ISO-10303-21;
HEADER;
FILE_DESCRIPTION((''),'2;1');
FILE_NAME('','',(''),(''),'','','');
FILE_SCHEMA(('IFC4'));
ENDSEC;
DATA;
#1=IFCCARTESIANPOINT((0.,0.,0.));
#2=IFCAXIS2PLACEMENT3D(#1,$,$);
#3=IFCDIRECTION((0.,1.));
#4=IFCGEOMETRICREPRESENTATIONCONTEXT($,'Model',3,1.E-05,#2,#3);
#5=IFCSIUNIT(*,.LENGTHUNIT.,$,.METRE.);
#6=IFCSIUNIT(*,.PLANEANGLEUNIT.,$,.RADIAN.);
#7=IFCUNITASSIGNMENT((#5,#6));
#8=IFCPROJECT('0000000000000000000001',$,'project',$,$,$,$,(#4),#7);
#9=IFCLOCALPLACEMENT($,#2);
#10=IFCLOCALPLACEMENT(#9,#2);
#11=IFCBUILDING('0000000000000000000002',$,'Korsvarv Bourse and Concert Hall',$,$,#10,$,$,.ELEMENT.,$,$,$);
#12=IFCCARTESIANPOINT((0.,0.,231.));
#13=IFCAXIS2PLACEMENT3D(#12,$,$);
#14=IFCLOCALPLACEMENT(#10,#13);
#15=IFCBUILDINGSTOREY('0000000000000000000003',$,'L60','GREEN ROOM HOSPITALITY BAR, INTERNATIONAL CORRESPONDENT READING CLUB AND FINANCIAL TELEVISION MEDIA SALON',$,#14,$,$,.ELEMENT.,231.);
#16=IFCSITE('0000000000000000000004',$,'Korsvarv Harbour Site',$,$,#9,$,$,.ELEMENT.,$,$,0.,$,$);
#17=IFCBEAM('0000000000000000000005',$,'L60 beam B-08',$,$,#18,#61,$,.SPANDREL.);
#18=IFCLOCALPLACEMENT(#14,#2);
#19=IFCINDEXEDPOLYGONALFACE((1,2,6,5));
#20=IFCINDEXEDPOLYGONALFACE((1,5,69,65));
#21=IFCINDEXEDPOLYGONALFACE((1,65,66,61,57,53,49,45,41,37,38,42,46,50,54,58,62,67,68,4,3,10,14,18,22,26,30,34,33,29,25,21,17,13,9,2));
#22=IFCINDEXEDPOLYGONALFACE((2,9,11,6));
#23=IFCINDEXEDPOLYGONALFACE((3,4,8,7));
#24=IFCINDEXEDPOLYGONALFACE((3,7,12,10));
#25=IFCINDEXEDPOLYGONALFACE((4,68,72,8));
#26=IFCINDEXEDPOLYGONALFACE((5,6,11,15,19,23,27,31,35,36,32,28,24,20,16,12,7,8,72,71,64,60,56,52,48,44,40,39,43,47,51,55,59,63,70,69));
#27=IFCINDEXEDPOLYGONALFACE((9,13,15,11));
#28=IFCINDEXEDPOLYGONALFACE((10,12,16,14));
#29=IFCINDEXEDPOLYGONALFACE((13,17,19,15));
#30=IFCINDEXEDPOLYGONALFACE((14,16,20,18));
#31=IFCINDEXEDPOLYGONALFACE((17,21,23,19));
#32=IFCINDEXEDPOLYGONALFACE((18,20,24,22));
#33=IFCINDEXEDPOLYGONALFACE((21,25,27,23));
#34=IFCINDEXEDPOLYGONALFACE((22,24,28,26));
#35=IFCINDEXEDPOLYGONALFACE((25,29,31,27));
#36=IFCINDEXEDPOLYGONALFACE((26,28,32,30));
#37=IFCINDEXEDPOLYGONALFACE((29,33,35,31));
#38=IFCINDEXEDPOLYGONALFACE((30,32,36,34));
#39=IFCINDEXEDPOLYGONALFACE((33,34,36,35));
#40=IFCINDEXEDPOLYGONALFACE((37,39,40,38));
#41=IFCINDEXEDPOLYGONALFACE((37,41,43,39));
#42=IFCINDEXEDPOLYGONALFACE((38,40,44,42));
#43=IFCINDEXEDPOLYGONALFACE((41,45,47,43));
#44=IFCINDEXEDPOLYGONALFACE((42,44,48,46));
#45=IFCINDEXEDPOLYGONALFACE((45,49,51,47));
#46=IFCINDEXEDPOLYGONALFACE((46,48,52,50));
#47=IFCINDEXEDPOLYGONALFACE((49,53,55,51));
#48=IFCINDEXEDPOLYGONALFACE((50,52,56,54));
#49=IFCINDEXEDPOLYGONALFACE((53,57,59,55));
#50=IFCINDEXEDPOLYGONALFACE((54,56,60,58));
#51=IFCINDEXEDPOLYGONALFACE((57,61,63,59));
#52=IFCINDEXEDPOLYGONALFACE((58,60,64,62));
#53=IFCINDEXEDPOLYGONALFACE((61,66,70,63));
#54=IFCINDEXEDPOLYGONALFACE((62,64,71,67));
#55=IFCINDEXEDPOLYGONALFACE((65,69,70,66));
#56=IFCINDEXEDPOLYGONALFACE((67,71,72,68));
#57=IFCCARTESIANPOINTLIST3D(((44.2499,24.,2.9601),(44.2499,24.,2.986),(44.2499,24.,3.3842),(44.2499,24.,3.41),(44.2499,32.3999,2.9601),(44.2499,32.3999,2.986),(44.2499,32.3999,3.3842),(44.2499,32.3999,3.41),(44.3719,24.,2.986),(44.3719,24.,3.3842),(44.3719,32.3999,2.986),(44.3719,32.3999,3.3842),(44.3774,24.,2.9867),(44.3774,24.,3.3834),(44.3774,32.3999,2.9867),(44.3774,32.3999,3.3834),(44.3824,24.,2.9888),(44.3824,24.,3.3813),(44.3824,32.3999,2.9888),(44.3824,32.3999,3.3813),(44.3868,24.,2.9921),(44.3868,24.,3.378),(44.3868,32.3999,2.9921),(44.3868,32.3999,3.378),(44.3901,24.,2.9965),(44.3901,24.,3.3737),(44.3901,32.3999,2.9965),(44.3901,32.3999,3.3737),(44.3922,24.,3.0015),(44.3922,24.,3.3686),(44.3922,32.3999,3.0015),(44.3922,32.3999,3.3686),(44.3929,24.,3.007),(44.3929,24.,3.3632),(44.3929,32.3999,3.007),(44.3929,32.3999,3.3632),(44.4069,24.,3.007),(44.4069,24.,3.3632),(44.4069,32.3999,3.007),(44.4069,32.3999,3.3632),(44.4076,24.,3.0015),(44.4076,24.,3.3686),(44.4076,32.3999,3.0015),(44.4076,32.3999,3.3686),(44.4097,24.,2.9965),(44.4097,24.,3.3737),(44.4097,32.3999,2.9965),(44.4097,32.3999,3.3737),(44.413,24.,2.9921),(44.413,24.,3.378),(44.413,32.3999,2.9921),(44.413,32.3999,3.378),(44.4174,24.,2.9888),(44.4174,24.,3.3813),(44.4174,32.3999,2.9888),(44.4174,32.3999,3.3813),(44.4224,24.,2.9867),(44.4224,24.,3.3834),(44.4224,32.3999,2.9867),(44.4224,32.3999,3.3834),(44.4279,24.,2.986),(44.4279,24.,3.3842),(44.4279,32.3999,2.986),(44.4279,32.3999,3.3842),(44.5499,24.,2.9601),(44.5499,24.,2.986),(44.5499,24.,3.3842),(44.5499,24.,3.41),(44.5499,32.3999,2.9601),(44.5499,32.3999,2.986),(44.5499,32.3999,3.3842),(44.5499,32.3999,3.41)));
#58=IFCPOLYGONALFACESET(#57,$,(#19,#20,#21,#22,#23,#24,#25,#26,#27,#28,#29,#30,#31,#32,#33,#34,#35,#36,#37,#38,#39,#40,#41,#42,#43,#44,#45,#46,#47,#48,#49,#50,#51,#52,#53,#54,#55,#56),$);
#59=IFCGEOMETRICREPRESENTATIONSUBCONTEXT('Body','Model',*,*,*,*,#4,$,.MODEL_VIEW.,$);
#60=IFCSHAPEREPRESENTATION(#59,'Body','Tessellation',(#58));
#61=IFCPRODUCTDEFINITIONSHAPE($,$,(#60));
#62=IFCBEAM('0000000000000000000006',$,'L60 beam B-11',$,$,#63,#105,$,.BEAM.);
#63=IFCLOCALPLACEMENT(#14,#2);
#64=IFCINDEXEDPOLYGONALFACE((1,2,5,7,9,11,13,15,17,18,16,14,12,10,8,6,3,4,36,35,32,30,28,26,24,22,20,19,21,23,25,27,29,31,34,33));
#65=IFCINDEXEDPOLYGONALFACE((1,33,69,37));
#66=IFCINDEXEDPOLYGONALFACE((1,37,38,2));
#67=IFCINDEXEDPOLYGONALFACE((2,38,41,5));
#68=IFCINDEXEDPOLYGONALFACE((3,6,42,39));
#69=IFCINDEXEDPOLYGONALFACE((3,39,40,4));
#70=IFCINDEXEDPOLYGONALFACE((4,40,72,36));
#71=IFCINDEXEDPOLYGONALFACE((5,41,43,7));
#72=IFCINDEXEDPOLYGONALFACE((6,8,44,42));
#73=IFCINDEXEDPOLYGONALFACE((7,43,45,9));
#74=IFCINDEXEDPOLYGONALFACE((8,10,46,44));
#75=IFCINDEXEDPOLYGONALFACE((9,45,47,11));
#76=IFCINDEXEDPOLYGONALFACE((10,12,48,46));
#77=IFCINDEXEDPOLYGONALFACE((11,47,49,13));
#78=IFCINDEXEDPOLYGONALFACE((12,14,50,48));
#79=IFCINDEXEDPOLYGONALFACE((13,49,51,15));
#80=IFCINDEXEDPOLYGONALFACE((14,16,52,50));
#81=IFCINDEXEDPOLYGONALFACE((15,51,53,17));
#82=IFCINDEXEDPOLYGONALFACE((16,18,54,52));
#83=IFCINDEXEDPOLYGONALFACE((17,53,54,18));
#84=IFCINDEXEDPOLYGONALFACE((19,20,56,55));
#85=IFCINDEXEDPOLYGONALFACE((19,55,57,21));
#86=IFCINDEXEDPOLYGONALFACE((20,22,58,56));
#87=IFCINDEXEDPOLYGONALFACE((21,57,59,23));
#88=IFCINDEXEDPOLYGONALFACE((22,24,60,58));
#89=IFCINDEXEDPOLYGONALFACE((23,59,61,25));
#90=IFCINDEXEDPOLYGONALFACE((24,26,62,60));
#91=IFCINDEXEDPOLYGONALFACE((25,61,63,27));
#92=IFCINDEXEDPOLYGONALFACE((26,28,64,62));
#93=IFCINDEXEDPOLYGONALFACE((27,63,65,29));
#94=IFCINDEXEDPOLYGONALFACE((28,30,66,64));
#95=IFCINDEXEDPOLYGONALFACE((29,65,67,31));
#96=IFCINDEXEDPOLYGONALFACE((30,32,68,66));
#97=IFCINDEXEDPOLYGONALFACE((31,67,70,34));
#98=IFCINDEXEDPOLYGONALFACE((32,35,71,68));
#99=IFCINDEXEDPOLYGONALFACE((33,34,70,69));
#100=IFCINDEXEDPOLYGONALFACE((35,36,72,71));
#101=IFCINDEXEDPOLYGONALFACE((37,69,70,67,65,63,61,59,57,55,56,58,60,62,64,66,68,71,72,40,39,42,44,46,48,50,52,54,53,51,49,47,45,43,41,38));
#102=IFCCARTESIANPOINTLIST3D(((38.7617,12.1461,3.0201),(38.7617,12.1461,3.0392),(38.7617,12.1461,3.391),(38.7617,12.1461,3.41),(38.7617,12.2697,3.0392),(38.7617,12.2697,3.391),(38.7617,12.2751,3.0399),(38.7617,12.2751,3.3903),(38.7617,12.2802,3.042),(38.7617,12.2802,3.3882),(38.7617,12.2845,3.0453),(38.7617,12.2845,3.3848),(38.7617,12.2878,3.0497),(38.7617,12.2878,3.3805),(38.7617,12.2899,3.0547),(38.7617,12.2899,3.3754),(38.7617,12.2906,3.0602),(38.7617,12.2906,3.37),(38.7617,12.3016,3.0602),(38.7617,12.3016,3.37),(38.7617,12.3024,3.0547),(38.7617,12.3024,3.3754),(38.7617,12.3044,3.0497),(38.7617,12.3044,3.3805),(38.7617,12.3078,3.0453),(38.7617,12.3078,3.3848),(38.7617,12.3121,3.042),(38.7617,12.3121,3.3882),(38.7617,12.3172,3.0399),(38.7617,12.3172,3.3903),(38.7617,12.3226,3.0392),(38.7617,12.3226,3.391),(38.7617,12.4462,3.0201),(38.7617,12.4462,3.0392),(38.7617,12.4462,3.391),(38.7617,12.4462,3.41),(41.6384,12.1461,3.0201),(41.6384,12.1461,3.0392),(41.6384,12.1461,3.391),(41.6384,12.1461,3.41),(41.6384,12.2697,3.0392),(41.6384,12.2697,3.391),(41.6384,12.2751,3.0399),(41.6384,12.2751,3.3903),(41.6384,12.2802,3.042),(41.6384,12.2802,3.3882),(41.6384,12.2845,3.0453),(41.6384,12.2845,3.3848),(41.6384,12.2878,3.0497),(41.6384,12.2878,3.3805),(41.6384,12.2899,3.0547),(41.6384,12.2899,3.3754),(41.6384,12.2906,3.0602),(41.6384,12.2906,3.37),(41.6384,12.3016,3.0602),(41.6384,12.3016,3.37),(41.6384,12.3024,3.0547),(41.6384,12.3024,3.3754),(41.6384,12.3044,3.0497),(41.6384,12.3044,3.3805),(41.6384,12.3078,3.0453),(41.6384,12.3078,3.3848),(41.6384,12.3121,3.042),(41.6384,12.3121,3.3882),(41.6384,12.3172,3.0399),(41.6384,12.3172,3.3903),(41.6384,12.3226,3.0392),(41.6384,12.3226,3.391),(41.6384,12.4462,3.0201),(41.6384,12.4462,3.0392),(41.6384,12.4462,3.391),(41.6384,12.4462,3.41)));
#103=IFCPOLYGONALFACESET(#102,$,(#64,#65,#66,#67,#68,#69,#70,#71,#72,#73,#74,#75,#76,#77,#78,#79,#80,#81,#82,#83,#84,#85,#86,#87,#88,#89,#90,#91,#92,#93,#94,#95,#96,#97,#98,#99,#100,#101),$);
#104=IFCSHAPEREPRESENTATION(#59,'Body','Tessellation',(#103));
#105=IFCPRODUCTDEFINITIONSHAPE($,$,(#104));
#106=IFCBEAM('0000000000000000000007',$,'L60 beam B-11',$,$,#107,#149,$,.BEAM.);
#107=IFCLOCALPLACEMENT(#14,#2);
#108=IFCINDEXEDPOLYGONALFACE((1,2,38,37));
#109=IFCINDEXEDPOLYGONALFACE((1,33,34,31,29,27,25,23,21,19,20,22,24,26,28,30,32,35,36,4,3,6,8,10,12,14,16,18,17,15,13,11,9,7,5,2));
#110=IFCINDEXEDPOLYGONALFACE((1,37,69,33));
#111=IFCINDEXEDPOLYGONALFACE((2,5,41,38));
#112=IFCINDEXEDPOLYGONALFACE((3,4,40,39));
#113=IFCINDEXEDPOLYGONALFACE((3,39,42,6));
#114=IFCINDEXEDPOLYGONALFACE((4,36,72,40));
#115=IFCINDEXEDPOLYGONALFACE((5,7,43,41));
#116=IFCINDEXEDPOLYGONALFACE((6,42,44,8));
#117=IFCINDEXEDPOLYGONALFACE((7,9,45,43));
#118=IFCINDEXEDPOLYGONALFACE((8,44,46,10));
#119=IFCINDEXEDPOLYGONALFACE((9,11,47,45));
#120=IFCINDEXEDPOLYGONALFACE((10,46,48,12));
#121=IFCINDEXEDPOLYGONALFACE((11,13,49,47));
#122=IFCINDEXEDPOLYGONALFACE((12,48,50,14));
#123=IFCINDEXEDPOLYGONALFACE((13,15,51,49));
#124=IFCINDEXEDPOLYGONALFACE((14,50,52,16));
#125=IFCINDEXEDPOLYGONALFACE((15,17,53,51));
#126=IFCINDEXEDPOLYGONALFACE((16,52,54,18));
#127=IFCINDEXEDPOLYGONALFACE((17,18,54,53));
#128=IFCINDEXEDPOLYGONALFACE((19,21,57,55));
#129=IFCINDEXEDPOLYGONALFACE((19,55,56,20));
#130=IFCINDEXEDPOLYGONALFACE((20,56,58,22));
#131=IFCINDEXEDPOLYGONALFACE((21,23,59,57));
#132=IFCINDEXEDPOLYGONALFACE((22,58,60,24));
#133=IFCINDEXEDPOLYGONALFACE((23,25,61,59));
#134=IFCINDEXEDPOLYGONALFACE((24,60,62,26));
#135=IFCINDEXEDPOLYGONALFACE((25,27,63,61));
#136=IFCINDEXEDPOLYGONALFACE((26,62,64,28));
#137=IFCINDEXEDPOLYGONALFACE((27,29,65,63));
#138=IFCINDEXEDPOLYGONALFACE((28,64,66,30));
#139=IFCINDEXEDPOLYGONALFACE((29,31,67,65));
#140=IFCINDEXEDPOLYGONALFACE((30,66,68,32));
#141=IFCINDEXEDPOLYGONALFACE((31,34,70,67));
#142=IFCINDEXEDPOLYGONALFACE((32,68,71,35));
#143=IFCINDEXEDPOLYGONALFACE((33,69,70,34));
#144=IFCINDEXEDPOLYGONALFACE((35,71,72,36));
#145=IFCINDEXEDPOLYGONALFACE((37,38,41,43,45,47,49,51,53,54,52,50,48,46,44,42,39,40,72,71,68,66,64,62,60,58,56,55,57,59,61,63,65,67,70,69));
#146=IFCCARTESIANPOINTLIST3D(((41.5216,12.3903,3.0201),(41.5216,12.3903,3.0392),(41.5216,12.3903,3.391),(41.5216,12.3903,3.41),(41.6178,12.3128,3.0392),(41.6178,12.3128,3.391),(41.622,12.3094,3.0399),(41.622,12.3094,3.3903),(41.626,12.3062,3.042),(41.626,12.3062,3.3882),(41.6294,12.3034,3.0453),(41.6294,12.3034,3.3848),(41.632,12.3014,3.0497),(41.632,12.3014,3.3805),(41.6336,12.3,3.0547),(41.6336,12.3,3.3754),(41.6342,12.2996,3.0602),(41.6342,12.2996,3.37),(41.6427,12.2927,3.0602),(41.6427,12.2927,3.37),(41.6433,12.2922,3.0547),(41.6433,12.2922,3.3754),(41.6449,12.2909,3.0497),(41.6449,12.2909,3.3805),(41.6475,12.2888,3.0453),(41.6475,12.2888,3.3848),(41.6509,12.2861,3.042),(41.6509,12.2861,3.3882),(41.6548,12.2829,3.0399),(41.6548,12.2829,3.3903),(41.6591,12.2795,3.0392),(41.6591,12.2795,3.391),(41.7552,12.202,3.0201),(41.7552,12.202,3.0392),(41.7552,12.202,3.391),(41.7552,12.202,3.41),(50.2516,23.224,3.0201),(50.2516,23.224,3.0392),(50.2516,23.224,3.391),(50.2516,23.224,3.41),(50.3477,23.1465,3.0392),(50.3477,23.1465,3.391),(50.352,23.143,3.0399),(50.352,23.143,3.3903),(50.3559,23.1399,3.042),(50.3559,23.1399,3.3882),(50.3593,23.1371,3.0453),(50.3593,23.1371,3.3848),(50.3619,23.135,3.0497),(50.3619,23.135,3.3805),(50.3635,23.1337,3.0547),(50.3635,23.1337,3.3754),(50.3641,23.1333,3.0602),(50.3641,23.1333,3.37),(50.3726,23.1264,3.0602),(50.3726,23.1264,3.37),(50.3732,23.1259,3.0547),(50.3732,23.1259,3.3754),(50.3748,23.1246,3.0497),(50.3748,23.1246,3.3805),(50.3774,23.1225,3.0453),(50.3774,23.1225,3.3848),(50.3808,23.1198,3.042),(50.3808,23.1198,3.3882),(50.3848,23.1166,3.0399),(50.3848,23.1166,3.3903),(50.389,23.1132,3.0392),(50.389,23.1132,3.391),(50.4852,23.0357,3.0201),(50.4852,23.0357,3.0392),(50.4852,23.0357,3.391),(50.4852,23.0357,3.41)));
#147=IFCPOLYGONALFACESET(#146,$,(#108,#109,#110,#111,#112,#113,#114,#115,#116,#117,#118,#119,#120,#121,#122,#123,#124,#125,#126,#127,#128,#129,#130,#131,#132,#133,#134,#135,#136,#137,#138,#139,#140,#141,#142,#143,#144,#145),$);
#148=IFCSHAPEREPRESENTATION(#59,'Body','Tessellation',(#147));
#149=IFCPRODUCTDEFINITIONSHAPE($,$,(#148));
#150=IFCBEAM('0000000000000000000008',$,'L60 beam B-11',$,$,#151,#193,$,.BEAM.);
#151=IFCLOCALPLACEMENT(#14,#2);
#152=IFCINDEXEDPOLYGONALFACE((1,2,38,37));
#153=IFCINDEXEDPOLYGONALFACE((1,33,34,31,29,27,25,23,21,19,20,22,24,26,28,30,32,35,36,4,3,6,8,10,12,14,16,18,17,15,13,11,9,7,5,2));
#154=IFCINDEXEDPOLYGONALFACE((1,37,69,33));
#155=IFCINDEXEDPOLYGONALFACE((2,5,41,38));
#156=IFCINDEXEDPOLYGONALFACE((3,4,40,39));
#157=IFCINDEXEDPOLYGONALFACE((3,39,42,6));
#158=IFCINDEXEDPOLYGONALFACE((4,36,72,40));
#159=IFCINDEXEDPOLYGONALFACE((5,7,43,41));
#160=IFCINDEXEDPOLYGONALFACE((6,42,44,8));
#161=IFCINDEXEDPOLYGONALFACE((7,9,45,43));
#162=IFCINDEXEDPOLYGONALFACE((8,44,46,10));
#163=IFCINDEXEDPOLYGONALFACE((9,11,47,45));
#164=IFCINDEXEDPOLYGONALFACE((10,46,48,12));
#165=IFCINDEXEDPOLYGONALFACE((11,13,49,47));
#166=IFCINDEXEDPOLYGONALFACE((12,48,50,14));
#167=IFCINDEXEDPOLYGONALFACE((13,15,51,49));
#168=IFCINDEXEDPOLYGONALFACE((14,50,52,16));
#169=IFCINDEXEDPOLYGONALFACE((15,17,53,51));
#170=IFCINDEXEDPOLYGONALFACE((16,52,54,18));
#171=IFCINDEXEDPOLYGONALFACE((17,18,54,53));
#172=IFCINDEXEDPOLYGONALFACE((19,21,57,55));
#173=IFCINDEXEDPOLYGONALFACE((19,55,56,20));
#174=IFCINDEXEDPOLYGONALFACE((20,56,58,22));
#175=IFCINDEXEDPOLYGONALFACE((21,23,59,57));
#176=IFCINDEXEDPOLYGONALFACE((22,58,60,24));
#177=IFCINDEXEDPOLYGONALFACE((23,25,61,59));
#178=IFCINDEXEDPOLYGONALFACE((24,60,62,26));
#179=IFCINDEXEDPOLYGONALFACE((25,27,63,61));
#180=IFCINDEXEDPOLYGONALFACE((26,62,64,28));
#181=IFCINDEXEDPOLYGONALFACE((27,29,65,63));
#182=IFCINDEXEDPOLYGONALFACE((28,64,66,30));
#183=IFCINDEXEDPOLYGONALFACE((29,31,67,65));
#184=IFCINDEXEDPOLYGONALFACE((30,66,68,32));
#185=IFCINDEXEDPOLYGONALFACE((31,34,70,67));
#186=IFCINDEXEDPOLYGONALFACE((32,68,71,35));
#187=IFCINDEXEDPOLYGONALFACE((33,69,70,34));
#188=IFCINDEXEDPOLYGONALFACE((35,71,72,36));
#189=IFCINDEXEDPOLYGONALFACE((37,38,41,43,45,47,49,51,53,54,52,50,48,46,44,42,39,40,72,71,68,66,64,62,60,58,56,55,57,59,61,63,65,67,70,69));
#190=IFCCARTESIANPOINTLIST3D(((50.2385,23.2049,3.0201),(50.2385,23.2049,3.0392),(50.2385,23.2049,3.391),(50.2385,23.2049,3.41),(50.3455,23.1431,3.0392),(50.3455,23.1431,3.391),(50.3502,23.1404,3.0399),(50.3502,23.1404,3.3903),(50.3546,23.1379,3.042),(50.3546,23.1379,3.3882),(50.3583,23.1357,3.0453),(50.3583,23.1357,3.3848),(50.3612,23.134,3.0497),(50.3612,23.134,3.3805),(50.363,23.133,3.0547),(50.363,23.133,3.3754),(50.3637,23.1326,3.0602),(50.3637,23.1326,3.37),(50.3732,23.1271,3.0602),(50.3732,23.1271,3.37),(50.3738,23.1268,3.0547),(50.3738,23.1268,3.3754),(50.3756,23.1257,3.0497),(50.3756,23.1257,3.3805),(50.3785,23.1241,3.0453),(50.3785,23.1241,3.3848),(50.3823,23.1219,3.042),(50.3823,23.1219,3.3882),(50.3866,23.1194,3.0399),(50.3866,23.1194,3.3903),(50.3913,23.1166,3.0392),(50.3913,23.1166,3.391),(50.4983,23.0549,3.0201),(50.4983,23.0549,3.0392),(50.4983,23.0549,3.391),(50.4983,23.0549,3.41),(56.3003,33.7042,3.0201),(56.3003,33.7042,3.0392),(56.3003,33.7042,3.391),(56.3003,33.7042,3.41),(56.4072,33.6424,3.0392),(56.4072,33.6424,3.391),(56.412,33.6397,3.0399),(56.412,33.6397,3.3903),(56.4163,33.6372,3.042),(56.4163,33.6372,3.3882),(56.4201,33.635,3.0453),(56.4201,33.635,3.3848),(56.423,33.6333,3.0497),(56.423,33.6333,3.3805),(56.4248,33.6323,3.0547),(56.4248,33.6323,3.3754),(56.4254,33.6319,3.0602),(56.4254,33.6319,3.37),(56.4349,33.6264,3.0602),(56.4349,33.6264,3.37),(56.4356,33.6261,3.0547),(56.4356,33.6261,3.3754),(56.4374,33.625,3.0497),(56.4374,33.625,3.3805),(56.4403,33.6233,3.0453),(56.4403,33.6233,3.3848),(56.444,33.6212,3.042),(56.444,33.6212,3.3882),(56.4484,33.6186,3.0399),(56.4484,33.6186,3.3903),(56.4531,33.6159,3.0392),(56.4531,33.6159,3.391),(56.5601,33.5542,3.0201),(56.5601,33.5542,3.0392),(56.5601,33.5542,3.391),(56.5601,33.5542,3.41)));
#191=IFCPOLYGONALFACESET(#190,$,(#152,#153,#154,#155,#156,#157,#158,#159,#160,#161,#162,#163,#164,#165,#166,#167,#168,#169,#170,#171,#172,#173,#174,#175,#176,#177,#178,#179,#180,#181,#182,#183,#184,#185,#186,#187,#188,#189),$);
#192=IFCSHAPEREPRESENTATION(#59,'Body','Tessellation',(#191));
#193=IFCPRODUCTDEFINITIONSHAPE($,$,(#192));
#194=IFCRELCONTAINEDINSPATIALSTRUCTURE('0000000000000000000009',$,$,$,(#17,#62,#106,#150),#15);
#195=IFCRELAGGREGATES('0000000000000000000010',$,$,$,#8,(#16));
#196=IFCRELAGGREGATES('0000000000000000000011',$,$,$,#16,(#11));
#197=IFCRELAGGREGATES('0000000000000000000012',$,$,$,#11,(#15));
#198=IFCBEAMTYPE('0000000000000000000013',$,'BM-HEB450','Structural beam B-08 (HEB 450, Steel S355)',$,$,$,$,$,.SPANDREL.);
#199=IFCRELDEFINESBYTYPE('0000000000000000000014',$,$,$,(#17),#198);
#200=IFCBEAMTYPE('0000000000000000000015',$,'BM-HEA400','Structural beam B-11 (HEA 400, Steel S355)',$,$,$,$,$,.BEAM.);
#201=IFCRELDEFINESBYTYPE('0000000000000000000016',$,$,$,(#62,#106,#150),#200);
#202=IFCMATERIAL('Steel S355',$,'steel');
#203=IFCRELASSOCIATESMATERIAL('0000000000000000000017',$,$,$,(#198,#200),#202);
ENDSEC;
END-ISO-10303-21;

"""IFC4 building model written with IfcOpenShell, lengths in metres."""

from ifc_helpers import new_model, si_unit, direction, frame, origin, origin_2d, place, context, subcontext, project, spatial, i_section, extrude, source, transform, mapped, material, material_profile, profile_set, type_object, element, save


model = new_model("IFC4")

# Units and contexts
model_context = context("Model", 3, precision=1e-05, world=origin(), true_north=direction((0.0, 1.0)))
body_context = subcontext(model_context, "Body", "Model", "MODEL_VIEW")
ifc_project = project(units=[si_unit("LENGTHUNIT", "METRE"), si_unit("PLANEANGLEUNIT", "RADIAN")], contexts=[model_context])

# Site, building, storey
site_placement = place(None, origin())
site = spatial("IfcSite", under=ifc_project, at=site_placement, Name="Korsvarv Harbour Site", CompositionType="ELEMENT", RefElevation=0.0)
building_placement = place(site_placement, origin())
building = spatial("IfcBuilding", under=site, at=building_placement, Name="Korsvarv Bourse and Concert Hall", CompositionType="ELEMENT")
storey_placement = place(building_placement, frame((0.0, 0.0, 231.0)))
storey = spatial("IfcBuildingStorey", under=building, at=storey_placement, Name="L60", Description="GREEN ROOM HOSPITALITY BAR, INTERNATIONAL CORRESPONDENT READING CLUB AND FINANCIAL TELEVISION MEDIA SALON", CompositionType="ELEMENT", Elevation=231.0)

# Shared definitions
ifc_material_1 = material(Name="Steel S355", Category="steel")

# Beams
ifc_material_profile_1 = material_profile(ifc_material_1, i_section(OverallWidth=0.3, OverallDepth=0.45, WebThickness=0.0139, FlangeThickness=0.0259, FilletRadius=0.021, at=origin_2d()), Name="HEB 450")
ifc_profile_set_1 = profile_set([ifc_material_profile_1], Name="Steel S355")
beam_type_1 = type_object("IfcBeamType", Name="BM-HEB450", Description="Structural beam B-08 (HEB 450, Steel S355)", PredefinedType="SPANDREL", material=ifc_profile_set_1)
shared_shape_1 = source(origin(), body_context, "Body", "SweptSolid", [
    extrude(i_section(OverallWidth=0.3, OverallDepth=0.45, WebThickness=0.0139, FlangeThickness=0.0259, FilletRadius=0.021, at=origin_2d()), origin(), (0.0, 0.0, 1.0), 8.3999),
])
beam_1_placement = place(storey_placement, frame((44.3999, 24.0, 3.1851), z_axis=(0.0, 1.0, 0.0), x_axis=(-1.0, 0.0, 0.0)))
element("IfcBeam", 1, at=beam_1_placement, inside=storey, type_object=beam_type_1, Name="L60 beam B-08", PredefinedType="SPANDREL", context=body_context, shape_type="MappedRepresentation", body=[
    mapped(shared_shape_1, transform((0.0, 0.0, 0.0), scale=1.0)),
])
ifc_material_profile_2 = material_profile(ifc_material_1, i_section(OverallWidth=0.3, OverallDepth=0.3899, WebThickness=0.011, FlangeThickness=0.019, FilletRadius=0.021, at=origin_2d()), Name="HEA 400")
ifc_profile_set_2 = profile_set([ifc_material_profile_2], Name="Steel S355")
beam_type_2 = type_object("IfcBeamType", Name="BM-HEA400", Description="Structural beam B-11 (HEA 400, Steel S355)", PredefinedType="BEAM", material=ifc_profile_set_2)
shared_shape_2 = source(origin(), body_context, "Body", "SweptSolid", [
    extrude(i_section(OverallWidth=0.3, OverallDepth=0.3899, WebThickness=0.011, FlangeThickness=0.019, FilletRadius=0.021, at=origin_2d()), origin(), (0.0, 0.0, 1.0), 2.8767),
])
beam_2_placement = place(storey_placement, frame((38.7617, 12.2961, 3.2151), z_axis=(1.0, 0.0, 0.0), x_axis=(0.0, 1.0, 0.0)))
element("IfcBeam", 2, at=beam_2_placement, inside=storey, type_object=beam_type_2, Name="L60 beam B-11", PredefinedType="BEAM", context=body_context, shape_type="MappedRepresentation", body=[
    mapped(shared_shape_2, transform((0.0, 0.0, 0.0), scale=1.0)),
])
shared_shape_3 = source(origin(), body_context, "Body", "SweptSolid", [
    extrude(i_section(OverallWidth=0.3, OverallDepth=0.3899, WebThickness=0.011, FlangeThickness=0.019, FilletRadius=0.021, at=origin_2d()), origin(), (0.0, 0.0, 1.0), 13.9133),
])
beam_3_placement = place(storey_placement, frame((41.6384, 12.2961, 3.2151), z_axis=(0.627452, 0.778656, 0.0), x_axis=(-0.778656, 0.627452, 0.0)))
element("IfcBeam", 3, at=beam_3_placement, inside=storey, type_object=beam_type_2, Name="L60 beam B-11", PredefinedType="BEAM", context=body_context, shape_type="MappedRepresentation", body=[
    mapped(shared_shape_3, transform((0.0, 0.0, 0.0), scale=1.0)),
])
shared_shape_4 = source(origin(), body_context, "Body", "SweptSolid", [
    extrude(i_section(OverallWidth=0.3, OverallDepth=0.3899, WebThickness=0.011, FlangeThickness=0.019, FilletRadius=0.021, at=origin_2d()), origin(), (0.0, 0.0, 1.0), 12.1235),
])
beam_4_placement = place(storey_placement, frame((50.3684, 23.1299, 3.2151), z_axis=(0.500001, 0.866025, 0.0), x_axis=(-0.866025, 0.500001, 0.0)))
element("IfcBeam", 4, at=beam_4_placement, inside=storey, type_object=beam_type_2, Name="L60 beam B-11", PredefinedType="BEAM", context=body_context, shape_type="MappedRepresentation", body=[
    mapped(shared_shape_4, transform((0.0, 0.0, 0.0), scale=1.0)),
])

save(model, "model.ifc")
